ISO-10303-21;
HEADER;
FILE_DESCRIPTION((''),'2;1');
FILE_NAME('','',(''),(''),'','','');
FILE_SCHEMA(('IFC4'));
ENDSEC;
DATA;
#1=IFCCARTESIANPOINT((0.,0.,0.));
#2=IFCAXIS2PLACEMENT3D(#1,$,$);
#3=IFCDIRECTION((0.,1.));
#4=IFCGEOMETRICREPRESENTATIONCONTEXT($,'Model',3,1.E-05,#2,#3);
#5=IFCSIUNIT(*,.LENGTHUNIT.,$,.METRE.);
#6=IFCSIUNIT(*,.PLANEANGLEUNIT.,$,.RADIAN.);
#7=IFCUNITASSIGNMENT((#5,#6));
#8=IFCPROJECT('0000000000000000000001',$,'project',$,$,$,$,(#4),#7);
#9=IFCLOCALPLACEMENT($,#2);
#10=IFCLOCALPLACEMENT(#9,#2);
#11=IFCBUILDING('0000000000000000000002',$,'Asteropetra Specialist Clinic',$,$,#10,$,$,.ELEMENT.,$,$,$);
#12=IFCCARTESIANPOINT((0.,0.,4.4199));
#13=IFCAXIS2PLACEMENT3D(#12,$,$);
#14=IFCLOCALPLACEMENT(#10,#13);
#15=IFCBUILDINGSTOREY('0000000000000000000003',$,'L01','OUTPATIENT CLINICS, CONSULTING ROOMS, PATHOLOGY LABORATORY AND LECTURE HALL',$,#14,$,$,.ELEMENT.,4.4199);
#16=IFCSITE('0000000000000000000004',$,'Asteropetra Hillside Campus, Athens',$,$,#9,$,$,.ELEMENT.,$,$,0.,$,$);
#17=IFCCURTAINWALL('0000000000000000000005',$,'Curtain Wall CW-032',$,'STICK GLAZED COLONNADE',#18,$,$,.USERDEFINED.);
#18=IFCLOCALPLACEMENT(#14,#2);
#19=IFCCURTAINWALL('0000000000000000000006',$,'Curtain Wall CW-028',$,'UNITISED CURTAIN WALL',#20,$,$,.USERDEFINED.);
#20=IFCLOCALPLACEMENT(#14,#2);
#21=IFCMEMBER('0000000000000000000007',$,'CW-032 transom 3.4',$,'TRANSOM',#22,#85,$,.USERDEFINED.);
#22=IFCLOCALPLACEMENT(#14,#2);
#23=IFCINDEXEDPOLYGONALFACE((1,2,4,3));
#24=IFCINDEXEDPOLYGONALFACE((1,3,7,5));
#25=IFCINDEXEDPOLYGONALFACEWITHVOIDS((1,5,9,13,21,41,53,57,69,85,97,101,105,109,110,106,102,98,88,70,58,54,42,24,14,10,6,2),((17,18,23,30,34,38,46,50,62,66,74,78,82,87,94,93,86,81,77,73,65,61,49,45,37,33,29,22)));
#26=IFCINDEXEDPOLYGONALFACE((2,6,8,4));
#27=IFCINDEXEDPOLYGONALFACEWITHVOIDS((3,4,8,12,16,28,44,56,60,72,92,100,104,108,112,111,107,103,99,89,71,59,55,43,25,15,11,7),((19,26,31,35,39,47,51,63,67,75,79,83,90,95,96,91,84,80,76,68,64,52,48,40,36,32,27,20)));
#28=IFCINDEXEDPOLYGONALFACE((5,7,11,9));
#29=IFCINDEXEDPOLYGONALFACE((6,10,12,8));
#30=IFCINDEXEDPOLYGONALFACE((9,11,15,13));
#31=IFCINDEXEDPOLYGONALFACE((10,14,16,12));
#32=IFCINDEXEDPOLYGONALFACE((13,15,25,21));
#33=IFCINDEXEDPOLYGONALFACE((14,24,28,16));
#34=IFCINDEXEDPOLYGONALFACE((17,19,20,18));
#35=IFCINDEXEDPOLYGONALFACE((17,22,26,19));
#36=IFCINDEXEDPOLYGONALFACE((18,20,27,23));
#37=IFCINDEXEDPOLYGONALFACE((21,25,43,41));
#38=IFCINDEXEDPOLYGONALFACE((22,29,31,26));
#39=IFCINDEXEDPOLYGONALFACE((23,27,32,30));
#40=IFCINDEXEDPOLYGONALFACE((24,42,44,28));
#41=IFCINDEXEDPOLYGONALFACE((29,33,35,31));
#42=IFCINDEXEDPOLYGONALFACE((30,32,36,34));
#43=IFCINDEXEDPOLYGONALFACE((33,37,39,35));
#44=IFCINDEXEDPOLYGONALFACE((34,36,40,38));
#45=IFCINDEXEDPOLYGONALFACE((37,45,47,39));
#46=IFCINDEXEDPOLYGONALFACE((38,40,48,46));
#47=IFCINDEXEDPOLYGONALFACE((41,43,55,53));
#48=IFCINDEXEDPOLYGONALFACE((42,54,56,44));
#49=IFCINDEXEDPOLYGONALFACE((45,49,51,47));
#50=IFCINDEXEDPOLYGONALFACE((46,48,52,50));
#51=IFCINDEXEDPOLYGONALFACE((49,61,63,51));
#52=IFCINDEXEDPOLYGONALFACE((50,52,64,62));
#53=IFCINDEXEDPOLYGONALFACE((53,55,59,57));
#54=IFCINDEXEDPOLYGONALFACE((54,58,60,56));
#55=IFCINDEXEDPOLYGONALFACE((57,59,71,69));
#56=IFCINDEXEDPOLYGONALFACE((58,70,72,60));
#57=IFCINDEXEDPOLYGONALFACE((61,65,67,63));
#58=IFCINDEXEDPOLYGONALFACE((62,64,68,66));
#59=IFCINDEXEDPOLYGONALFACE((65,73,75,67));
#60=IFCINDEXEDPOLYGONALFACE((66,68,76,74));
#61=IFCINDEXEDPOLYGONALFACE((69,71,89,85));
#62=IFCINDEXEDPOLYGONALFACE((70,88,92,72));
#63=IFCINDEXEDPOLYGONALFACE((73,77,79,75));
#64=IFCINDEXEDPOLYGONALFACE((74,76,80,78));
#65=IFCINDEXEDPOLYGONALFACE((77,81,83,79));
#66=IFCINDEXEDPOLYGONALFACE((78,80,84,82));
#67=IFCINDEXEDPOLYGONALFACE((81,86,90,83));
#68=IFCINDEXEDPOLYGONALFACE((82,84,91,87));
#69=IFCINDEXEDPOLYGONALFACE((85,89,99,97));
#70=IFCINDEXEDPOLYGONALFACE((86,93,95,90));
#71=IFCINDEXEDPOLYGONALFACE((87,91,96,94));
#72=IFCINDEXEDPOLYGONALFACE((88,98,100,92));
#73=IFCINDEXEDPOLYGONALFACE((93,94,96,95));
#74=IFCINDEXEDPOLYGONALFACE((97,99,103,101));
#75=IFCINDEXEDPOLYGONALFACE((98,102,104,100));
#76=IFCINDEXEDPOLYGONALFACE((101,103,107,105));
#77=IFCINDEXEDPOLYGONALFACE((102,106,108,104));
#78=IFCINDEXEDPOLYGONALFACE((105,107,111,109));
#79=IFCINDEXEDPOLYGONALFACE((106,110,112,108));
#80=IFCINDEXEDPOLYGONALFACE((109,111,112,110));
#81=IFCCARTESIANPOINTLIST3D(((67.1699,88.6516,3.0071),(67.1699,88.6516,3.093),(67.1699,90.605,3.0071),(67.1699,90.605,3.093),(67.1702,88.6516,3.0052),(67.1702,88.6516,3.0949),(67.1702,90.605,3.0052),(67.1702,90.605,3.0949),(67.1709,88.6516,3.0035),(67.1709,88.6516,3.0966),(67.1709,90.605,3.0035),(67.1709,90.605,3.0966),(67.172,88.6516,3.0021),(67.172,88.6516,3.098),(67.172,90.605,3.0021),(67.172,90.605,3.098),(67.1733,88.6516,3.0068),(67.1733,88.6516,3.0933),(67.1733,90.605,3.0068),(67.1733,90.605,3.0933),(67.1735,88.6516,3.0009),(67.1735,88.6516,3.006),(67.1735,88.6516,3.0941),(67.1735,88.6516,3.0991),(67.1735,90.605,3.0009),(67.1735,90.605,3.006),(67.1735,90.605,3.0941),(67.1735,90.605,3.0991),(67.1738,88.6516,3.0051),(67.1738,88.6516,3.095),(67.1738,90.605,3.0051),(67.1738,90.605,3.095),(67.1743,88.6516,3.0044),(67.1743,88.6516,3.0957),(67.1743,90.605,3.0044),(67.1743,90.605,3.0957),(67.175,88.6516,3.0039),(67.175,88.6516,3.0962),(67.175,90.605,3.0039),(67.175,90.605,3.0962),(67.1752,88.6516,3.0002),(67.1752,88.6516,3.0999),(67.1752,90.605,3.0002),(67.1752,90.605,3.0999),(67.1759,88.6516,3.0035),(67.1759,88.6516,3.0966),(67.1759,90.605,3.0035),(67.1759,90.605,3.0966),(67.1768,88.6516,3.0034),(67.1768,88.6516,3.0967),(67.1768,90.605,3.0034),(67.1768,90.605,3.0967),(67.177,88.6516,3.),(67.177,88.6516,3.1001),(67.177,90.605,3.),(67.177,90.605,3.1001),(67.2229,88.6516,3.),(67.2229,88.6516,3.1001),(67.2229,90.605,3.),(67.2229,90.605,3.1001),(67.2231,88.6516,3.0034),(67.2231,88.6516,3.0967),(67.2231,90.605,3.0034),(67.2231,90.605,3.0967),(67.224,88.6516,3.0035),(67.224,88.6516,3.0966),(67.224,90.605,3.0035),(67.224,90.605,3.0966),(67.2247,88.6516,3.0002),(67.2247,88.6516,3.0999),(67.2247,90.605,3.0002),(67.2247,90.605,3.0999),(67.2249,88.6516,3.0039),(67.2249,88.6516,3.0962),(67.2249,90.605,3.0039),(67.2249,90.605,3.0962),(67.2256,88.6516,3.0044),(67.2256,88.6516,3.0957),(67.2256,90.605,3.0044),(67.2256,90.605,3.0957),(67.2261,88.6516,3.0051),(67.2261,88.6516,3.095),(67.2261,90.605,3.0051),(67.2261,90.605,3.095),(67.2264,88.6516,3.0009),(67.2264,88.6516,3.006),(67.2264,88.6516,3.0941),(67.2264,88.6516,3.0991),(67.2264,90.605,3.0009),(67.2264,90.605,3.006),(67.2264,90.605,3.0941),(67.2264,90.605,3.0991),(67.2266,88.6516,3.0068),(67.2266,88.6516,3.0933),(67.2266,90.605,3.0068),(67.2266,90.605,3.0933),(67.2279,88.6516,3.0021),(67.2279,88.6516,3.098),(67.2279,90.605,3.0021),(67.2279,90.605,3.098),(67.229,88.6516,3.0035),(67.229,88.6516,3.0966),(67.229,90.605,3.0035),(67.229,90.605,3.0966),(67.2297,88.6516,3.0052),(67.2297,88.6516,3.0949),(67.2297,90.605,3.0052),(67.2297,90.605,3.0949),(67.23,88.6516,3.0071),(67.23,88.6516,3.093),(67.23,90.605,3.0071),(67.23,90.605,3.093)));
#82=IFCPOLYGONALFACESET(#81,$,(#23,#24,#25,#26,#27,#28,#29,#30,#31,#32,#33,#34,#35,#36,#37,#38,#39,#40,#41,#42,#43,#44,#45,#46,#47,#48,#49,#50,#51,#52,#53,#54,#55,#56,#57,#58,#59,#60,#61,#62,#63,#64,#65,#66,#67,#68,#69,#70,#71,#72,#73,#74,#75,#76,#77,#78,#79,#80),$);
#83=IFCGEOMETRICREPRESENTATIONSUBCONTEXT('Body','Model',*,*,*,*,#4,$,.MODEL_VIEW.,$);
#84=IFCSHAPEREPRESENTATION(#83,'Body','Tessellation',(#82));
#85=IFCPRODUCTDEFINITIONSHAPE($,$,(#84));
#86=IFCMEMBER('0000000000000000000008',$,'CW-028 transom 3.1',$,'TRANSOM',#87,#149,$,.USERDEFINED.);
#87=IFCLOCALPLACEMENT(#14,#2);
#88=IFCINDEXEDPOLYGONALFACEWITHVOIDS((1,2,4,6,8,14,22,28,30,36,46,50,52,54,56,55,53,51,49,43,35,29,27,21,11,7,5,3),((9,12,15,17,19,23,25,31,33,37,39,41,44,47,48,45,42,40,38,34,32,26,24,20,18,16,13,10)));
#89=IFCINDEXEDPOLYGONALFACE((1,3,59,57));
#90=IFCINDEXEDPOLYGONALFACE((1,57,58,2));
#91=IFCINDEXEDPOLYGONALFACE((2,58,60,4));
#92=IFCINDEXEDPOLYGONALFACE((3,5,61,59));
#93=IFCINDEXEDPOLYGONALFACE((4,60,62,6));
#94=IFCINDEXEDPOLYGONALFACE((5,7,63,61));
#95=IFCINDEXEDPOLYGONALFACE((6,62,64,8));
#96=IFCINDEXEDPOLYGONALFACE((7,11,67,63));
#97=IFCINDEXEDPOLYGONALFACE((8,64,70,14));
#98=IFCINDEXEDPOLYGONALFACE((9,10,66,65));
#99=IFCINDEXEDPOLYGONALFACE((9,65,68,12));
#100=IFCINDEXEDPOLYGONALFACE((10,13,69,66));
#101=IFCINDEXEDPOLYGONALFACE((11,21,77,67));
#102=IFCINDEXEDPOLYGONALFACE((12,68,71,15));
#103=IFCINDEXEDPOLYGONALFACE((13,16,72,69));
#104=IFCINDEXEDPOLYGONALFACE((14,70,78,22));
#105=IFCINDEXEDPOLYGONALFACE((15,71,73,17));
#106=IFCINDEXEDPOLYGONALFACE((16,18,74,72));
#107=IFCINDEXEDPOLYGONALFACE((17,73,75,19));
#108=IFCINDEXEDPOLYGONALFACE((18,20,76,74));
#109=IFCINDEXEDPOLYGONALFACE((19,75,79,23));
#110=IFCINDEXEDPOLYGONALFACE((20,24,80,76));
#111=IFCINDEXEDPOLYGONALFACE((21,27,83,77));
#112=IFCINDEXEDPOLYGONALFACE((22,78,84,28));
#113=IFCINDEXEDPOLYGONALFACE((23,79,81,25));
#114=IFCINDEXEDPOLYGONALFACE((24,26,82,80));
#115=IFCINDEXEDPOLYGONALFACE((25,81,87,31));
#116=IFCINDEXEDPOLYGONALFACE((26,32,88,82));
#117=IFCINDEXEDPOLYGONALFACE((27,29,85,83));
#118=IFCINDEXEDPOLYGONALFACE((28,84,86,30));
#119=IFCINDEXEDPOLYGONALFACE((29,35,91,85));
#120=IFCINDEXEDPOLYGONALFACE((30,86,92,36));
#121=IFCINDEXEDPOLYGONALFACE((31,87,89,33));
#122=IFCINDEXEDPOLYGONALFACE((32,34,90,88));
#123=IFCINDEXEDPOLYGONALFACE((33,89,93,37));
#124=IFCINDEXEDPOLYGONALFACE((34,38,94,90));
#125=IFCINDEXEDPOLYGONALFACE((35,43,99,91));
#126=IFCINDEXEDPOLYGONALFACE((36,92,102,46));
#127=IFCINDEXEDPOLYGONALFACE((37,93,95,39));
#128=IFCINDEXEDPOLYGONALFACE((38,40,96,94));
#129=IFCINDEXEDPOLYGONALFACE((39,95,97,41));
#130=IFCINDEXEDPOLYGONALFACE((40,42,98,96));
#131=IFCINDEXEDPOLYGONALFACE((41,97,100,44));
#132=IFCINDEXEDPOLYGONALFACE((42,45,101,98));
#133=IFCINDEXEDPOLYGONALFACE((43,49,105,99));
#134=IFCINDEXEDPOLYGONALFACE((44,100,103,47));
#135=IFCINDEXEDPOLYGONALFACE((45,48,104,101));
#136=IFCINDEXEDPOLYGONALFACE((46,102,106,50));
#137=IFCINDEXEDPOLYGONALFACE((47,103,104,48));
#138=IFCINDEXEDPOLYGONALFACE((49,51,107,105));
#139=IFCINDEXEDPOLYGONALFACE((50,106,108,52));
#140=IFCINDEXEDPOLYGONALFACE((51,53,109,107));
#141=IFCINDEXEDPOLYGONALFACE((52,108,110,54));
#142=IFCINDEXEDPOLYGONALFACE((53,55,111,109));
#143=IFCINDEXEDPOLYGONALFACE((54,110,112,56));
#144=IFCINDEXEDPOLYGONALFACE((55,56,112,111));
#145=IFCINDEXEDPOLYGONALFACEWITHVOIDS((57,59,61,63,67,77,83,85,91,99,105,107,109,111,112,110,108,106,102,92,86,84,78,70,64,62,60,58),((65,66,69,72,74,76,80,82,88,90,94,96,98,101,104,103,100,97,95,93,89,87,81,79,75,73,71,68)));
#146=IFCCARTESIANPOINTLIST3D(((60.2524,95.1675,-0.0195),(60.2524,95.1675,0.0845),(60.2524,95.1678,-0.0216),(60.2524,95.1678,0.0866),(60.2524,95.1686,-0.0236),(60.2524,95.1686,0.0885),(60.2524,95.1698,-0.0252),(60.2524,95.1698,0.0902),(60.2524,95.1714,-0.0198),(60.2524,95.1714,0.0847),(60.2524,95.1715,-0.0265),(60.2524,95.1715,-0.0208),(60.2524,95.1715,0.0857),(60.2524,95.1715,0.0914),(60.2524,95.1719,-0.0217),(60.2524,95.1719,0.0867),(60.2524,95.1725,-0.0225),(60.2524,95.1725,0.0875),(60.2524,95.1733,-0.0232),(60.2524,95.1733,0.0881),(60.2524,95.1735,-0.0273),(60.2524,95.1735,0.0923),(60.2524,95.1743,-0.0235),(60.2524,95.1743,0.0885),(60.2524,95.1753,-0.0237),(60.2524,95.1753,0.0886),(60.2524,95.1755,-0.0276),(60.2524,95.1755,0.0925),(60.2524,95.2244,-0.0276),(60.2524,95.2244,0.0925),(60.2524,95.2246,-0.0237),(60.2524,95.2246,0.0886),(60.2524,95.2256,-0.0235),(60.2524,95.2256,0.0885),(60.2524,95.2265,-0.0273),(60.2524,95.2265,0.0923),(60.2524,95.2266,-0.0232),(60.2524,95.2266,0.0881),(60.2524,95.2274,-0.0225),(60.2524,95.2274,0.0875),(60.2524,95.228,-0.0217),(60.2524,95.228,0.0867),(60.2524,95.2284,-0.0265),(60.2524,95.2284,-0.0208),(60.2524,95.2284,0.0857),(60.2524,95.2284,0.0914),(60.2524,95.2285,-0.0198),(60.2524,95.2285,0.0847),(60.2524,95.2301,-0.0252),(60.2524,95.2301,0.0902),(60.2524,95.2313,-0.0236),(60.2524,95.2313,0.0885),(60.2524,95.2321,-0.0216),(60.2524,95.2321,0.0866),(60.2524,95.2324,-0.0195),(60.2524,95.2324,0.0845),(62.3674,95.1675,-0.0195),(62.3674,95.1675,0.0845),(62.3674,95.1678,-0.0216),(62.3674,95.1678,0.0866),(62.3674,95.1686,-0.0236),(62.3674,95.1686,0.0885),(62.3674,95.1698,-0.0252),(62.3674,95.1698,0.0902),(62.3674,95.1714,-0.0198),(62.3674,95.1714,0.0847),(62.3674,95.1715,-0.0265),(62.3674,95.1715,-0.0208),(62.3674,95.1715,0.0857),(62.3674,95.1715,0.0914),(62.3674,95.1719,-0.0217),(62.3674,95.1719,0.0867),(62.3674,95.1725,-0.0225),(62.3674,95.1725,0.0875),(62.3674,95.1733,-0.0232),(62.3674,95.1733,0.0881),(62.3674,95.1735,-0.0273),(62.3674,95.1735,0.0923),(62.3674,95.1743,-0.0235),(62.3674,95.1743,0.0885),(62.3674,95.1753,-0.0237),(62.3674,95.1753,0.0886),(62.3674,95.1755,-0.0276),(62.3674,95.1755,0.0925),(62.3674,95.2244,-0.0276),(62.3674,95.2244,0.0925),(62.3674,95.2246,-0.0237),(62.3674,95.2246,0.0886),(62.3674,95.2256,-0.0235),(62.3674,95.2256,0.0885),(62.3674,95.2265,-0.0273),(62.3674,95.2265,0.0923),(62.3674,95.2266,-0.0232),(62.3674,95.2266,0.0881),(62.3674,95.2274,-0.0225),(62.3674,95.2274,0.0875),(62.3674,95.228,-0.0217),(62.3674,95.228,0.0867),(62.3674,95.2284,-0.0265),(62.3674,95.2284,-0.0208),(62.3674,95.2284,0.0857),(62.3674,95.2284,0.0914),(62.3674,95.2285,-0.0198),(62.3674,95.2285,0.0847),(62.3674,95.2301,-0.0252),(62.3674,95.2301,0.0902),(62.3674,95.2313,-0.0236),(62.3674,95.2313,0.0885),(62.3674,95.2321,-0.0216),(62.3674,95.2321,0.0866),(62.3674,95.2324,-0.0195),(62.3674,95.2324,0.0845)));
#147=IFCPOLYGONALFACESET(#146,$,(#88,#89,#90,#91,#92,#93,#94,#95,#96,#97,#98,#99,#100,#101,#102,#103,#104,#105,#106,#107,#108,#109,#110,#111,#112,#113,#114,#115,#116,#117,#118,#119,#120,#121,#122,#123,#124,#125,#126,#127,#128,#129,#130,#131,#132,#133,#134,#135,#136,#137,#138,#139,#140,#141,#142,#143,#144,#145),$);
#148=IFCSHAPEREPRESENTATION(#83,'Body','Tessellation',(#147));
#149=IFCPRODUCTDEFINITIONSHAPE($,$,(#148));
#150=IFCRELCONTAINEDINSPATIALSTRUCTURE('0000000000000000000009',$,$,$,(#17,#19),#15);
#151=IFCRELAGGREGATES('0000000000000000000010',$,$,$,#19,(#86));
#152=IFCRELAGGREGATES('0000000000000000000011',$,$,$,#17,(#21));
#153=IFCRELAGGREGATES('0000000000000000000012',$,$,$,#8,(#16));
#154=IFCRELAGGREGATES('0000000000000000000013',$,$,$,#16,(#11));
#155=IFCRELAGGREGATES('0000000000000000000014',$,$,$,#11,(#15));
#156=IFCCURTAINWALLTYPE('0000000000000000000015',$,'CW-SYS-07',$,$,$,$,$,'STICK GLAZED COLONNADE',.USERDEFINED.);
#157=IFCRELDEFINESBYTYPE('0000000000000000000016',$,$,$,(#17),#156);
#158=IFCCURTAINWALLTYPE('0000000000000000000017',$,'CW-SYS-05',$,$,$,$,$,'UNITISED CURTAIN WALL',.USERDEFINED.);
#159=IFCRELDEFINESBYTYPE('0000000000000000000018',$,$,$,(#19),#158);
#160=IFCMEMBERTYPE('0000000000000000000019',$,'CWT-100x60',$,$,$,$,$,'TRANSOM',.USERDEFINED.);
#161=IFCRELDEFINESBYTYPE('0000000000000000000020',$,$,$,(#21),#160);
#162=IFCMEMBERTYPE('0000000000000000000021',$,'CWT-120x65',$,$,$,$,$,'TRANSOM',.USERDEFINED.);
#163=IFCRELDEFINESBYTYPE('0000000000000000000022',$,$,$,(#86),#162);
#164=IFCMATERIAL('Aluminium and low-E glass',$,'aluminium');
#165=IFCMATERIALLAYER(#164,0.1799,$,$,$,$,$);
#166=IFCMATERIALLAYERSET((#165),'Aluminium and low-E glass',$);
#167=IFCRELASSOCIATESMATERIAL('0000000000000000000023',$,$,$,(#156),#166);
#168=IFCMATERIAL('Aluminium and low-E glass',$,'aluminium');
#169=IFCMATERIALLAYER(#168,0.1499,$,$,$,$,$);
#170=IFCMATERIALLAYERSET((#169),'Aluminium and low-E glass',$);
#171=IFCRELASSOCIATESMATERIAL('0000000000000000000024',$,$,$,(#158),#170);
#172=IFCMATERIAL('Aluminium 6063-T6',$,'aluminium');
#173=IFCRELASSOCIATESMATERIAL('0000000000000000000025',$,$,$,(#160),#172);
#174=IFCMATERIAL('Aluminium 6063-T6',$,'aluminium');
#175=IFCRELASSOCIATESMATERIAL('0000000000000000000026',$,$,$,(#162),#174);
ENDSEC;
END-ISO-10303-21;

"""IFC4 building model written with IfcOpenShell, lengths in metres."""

from ifc_helpers import new_model, si_unit, direction, frame, origin, origin_2d, place, context, subcontext, project, spatial, hollow_rectangle, extrude, material, layer, layer_set, material_profile, profile_set, type_object, element, aggregate, save


model = new_model("IFC4")

# Units and contexts
model_context = context("Model", 3, precision=1e-05, world=origin(), true_north=direction((0.0, 1.0)))
body_context = subcontext(model_context, "Body", "Model", "MODEL_VIEW")
ifc_project = project(units=[si_unit("LENGTHUNIT", "METRE"), si_unit("PLANEANGLEUNIT", "RADIAN")], contexts=[model_context])

# Site, building, storey
site_placement = place(None, origin())
site = spatial("IfcSite", under=ifc_project, at=site_placement, Name="Asteropetra Hillside Campus, Athens", CompositionType="ELEMENT", RefElevation=0.0)
building_placement = place(site_placement, origin())
building = spatial("IfcBuilding", under=site, at=building_placement, Name="Asteropetra Specialist Clinic", CompositionType="ELEMENT")
storey_placement = place(building_placement, frame((0.0, 0.0, 4.4199)))
storey = spatial("IfcBuildingStorey", under=building, at=storey_placement, Name="L01", Description="OUTPATIENT CLINICS, CONSULTING ROOMS, PATHOLOGY LABORATORY AND LECTURE HALL", CompositionType="ELEMENT", Elevation=4.4199)

# Curtain wall
ifc_material_1 = material(Name="Aluminium and low-E glass", Category="aluminium")
ifc_layer_1 = layer(ifc_material_1, 0.1799)
ifc_layer_set_1 = layer_set([ifc_layer_1], Name="Aluminium and low-E glass")
curtain_wall_type_1 = type_object("IfcCurtainWallType", Name="CW-SYS-07", ElementType="STICK GLAZED COLONNADE", PredefinedType="USERDEFINED", material=ifc_layer_set_1)
curtain_wall_1_placement = place(storey_placement, origin())
curtain_wall_1 = element("IfcCurtainWall", 1, at=curtain_wall_1_placement, inside=storey, type_object=curtain_wall_type_1, Name="Curtain Wall CW-032", ObjectType="STICK GLAZED COLONNADE", PredefinedType="USERDEFINED")

# Curtain wall
ifc_material_2 = material(Name="Aluminium and low-E glass", Category="aluminium")
ifc_layer_2 = layer(ifc_material_2, 0.1499)
ifc_layer_set_2 = layer_set([ifc_layer_2], Name="Aluminium and low-E glass")
curtain_wall_type_2 = type_object("IfcCurtainWallType", Name="CW-SYS-05", ElementType="UNITISED CURTAIN WALL", PredefinedType="USERDEFINED", material=ifc_layer_set_2)
curtain_wall_2_placement = place(storey_placement, origin())
curtain_wall_2 = element("IfcCurtainWall", 2, at=curtain_wall_2_placement, inside=storey, type_object=curtain_wall_type_2, Name="Curtain Wall CW-028", ObjectType="UNITISED CURTAIN WALL", PredefinedType="USERDEFINED")

# Members
ifc_material_3 = material(Name="Aluminium 6063-T6", Category="aluminium")
ifc_material_profile_1 = material_profile(ifc_material_3, hollow_rectangle(XDim=0.0601, YDim=0.1001, WallThickness=0.0034, InnerFilletRadius=0.0034, OuterFilletRadius=0.0071, at=origin_2d()), Name="TRN 100x60x3.5")
ifc_profile_set_1 = profile_set([ifc_material_profile_1], Name="Aluminium 6063-T6")
member_type_1 = type_object("IfcMemberType", Name="CWT-100x60", ElementType="TRANSOM", PredefinedType="USERDEFINED", material=ifc_profile_set_1)
member_1_placement = place(storey_placement, frame((67.2, 88.6516, 3.05), z_axis=(0.0, 1.0, 0.0), x_axis=(-1.0, 0.0, 0.0)))
member_1 = element("IfcMember", 3, at=member_1_placement, type_object=member_type_1, Name="CW-032 transom 3.4", ObjectType="TRANSOM", PredefinedType="USERDEFINED", context=body_context, shape_type="SweptSolid", body=[
    extrude(hollow_rectangle(XDim=0.0601, YDim=0.1001, WallThickness=0.0034, InnerFilletRadius=0.0034, OuterFilletRadius=0.0071, at=origin_2d()), origin(), (0.0, 0.0, 1.0), 1.9534),
])
ifc_material_4 = material(Name="Aluminium 6063-T6", Category="aluminium")
ifc_material_profile_2 = material_profile(ifc_material_4, hollow_rectangle(XDim=0.0649, YDim=0.1201, WallThickness=0.0039, InnerFilletRadius=0.0039, OuterFilletRadius=0.0081, at=origin_2d()), Name="TRN 120x65x4.0")
ifc_profile_set_2 = profile_set([ifc_material_profile_2], Name="Aluminium 6063-T6")
member_type_2 = type_object("IfcMemberType", Name="CWT-120x65", ElementType="TRANSOM", PredefinedType="USERDEFINED", material=ifc_profile_set_2)
member_2_placement = place(storey_placement, frame((62.3674, 95.2, 0.0325), z_axis=(-1.0, 0.0, 0.0), x_axis=(0.0, -1.0, 0.0)))
member_2 = element("IfcMember", 4, at=member_2_placement, type_object=member_type_2, Name="CW-028 transom 3.1", ObjectType="TRANSOM", PredefinedType="USERDEFINED", context=body_context, shape_type="SweptSolid", body=[
    extrude(hollow_rectangle(XDim=0.0649, YDim=0.1201, WallThickness=0.0039, InnerFilletRadius=0.0039, OuterFilletRadius=0.0081, at=origin_2d()), origin(), (0.0, 0.0, 1.0), 2.115),
])

aggregate(curtain_wall_2, [member_2])
aggregate(curtain_wall_1, [member_1])

save(model, "model.ifc")
